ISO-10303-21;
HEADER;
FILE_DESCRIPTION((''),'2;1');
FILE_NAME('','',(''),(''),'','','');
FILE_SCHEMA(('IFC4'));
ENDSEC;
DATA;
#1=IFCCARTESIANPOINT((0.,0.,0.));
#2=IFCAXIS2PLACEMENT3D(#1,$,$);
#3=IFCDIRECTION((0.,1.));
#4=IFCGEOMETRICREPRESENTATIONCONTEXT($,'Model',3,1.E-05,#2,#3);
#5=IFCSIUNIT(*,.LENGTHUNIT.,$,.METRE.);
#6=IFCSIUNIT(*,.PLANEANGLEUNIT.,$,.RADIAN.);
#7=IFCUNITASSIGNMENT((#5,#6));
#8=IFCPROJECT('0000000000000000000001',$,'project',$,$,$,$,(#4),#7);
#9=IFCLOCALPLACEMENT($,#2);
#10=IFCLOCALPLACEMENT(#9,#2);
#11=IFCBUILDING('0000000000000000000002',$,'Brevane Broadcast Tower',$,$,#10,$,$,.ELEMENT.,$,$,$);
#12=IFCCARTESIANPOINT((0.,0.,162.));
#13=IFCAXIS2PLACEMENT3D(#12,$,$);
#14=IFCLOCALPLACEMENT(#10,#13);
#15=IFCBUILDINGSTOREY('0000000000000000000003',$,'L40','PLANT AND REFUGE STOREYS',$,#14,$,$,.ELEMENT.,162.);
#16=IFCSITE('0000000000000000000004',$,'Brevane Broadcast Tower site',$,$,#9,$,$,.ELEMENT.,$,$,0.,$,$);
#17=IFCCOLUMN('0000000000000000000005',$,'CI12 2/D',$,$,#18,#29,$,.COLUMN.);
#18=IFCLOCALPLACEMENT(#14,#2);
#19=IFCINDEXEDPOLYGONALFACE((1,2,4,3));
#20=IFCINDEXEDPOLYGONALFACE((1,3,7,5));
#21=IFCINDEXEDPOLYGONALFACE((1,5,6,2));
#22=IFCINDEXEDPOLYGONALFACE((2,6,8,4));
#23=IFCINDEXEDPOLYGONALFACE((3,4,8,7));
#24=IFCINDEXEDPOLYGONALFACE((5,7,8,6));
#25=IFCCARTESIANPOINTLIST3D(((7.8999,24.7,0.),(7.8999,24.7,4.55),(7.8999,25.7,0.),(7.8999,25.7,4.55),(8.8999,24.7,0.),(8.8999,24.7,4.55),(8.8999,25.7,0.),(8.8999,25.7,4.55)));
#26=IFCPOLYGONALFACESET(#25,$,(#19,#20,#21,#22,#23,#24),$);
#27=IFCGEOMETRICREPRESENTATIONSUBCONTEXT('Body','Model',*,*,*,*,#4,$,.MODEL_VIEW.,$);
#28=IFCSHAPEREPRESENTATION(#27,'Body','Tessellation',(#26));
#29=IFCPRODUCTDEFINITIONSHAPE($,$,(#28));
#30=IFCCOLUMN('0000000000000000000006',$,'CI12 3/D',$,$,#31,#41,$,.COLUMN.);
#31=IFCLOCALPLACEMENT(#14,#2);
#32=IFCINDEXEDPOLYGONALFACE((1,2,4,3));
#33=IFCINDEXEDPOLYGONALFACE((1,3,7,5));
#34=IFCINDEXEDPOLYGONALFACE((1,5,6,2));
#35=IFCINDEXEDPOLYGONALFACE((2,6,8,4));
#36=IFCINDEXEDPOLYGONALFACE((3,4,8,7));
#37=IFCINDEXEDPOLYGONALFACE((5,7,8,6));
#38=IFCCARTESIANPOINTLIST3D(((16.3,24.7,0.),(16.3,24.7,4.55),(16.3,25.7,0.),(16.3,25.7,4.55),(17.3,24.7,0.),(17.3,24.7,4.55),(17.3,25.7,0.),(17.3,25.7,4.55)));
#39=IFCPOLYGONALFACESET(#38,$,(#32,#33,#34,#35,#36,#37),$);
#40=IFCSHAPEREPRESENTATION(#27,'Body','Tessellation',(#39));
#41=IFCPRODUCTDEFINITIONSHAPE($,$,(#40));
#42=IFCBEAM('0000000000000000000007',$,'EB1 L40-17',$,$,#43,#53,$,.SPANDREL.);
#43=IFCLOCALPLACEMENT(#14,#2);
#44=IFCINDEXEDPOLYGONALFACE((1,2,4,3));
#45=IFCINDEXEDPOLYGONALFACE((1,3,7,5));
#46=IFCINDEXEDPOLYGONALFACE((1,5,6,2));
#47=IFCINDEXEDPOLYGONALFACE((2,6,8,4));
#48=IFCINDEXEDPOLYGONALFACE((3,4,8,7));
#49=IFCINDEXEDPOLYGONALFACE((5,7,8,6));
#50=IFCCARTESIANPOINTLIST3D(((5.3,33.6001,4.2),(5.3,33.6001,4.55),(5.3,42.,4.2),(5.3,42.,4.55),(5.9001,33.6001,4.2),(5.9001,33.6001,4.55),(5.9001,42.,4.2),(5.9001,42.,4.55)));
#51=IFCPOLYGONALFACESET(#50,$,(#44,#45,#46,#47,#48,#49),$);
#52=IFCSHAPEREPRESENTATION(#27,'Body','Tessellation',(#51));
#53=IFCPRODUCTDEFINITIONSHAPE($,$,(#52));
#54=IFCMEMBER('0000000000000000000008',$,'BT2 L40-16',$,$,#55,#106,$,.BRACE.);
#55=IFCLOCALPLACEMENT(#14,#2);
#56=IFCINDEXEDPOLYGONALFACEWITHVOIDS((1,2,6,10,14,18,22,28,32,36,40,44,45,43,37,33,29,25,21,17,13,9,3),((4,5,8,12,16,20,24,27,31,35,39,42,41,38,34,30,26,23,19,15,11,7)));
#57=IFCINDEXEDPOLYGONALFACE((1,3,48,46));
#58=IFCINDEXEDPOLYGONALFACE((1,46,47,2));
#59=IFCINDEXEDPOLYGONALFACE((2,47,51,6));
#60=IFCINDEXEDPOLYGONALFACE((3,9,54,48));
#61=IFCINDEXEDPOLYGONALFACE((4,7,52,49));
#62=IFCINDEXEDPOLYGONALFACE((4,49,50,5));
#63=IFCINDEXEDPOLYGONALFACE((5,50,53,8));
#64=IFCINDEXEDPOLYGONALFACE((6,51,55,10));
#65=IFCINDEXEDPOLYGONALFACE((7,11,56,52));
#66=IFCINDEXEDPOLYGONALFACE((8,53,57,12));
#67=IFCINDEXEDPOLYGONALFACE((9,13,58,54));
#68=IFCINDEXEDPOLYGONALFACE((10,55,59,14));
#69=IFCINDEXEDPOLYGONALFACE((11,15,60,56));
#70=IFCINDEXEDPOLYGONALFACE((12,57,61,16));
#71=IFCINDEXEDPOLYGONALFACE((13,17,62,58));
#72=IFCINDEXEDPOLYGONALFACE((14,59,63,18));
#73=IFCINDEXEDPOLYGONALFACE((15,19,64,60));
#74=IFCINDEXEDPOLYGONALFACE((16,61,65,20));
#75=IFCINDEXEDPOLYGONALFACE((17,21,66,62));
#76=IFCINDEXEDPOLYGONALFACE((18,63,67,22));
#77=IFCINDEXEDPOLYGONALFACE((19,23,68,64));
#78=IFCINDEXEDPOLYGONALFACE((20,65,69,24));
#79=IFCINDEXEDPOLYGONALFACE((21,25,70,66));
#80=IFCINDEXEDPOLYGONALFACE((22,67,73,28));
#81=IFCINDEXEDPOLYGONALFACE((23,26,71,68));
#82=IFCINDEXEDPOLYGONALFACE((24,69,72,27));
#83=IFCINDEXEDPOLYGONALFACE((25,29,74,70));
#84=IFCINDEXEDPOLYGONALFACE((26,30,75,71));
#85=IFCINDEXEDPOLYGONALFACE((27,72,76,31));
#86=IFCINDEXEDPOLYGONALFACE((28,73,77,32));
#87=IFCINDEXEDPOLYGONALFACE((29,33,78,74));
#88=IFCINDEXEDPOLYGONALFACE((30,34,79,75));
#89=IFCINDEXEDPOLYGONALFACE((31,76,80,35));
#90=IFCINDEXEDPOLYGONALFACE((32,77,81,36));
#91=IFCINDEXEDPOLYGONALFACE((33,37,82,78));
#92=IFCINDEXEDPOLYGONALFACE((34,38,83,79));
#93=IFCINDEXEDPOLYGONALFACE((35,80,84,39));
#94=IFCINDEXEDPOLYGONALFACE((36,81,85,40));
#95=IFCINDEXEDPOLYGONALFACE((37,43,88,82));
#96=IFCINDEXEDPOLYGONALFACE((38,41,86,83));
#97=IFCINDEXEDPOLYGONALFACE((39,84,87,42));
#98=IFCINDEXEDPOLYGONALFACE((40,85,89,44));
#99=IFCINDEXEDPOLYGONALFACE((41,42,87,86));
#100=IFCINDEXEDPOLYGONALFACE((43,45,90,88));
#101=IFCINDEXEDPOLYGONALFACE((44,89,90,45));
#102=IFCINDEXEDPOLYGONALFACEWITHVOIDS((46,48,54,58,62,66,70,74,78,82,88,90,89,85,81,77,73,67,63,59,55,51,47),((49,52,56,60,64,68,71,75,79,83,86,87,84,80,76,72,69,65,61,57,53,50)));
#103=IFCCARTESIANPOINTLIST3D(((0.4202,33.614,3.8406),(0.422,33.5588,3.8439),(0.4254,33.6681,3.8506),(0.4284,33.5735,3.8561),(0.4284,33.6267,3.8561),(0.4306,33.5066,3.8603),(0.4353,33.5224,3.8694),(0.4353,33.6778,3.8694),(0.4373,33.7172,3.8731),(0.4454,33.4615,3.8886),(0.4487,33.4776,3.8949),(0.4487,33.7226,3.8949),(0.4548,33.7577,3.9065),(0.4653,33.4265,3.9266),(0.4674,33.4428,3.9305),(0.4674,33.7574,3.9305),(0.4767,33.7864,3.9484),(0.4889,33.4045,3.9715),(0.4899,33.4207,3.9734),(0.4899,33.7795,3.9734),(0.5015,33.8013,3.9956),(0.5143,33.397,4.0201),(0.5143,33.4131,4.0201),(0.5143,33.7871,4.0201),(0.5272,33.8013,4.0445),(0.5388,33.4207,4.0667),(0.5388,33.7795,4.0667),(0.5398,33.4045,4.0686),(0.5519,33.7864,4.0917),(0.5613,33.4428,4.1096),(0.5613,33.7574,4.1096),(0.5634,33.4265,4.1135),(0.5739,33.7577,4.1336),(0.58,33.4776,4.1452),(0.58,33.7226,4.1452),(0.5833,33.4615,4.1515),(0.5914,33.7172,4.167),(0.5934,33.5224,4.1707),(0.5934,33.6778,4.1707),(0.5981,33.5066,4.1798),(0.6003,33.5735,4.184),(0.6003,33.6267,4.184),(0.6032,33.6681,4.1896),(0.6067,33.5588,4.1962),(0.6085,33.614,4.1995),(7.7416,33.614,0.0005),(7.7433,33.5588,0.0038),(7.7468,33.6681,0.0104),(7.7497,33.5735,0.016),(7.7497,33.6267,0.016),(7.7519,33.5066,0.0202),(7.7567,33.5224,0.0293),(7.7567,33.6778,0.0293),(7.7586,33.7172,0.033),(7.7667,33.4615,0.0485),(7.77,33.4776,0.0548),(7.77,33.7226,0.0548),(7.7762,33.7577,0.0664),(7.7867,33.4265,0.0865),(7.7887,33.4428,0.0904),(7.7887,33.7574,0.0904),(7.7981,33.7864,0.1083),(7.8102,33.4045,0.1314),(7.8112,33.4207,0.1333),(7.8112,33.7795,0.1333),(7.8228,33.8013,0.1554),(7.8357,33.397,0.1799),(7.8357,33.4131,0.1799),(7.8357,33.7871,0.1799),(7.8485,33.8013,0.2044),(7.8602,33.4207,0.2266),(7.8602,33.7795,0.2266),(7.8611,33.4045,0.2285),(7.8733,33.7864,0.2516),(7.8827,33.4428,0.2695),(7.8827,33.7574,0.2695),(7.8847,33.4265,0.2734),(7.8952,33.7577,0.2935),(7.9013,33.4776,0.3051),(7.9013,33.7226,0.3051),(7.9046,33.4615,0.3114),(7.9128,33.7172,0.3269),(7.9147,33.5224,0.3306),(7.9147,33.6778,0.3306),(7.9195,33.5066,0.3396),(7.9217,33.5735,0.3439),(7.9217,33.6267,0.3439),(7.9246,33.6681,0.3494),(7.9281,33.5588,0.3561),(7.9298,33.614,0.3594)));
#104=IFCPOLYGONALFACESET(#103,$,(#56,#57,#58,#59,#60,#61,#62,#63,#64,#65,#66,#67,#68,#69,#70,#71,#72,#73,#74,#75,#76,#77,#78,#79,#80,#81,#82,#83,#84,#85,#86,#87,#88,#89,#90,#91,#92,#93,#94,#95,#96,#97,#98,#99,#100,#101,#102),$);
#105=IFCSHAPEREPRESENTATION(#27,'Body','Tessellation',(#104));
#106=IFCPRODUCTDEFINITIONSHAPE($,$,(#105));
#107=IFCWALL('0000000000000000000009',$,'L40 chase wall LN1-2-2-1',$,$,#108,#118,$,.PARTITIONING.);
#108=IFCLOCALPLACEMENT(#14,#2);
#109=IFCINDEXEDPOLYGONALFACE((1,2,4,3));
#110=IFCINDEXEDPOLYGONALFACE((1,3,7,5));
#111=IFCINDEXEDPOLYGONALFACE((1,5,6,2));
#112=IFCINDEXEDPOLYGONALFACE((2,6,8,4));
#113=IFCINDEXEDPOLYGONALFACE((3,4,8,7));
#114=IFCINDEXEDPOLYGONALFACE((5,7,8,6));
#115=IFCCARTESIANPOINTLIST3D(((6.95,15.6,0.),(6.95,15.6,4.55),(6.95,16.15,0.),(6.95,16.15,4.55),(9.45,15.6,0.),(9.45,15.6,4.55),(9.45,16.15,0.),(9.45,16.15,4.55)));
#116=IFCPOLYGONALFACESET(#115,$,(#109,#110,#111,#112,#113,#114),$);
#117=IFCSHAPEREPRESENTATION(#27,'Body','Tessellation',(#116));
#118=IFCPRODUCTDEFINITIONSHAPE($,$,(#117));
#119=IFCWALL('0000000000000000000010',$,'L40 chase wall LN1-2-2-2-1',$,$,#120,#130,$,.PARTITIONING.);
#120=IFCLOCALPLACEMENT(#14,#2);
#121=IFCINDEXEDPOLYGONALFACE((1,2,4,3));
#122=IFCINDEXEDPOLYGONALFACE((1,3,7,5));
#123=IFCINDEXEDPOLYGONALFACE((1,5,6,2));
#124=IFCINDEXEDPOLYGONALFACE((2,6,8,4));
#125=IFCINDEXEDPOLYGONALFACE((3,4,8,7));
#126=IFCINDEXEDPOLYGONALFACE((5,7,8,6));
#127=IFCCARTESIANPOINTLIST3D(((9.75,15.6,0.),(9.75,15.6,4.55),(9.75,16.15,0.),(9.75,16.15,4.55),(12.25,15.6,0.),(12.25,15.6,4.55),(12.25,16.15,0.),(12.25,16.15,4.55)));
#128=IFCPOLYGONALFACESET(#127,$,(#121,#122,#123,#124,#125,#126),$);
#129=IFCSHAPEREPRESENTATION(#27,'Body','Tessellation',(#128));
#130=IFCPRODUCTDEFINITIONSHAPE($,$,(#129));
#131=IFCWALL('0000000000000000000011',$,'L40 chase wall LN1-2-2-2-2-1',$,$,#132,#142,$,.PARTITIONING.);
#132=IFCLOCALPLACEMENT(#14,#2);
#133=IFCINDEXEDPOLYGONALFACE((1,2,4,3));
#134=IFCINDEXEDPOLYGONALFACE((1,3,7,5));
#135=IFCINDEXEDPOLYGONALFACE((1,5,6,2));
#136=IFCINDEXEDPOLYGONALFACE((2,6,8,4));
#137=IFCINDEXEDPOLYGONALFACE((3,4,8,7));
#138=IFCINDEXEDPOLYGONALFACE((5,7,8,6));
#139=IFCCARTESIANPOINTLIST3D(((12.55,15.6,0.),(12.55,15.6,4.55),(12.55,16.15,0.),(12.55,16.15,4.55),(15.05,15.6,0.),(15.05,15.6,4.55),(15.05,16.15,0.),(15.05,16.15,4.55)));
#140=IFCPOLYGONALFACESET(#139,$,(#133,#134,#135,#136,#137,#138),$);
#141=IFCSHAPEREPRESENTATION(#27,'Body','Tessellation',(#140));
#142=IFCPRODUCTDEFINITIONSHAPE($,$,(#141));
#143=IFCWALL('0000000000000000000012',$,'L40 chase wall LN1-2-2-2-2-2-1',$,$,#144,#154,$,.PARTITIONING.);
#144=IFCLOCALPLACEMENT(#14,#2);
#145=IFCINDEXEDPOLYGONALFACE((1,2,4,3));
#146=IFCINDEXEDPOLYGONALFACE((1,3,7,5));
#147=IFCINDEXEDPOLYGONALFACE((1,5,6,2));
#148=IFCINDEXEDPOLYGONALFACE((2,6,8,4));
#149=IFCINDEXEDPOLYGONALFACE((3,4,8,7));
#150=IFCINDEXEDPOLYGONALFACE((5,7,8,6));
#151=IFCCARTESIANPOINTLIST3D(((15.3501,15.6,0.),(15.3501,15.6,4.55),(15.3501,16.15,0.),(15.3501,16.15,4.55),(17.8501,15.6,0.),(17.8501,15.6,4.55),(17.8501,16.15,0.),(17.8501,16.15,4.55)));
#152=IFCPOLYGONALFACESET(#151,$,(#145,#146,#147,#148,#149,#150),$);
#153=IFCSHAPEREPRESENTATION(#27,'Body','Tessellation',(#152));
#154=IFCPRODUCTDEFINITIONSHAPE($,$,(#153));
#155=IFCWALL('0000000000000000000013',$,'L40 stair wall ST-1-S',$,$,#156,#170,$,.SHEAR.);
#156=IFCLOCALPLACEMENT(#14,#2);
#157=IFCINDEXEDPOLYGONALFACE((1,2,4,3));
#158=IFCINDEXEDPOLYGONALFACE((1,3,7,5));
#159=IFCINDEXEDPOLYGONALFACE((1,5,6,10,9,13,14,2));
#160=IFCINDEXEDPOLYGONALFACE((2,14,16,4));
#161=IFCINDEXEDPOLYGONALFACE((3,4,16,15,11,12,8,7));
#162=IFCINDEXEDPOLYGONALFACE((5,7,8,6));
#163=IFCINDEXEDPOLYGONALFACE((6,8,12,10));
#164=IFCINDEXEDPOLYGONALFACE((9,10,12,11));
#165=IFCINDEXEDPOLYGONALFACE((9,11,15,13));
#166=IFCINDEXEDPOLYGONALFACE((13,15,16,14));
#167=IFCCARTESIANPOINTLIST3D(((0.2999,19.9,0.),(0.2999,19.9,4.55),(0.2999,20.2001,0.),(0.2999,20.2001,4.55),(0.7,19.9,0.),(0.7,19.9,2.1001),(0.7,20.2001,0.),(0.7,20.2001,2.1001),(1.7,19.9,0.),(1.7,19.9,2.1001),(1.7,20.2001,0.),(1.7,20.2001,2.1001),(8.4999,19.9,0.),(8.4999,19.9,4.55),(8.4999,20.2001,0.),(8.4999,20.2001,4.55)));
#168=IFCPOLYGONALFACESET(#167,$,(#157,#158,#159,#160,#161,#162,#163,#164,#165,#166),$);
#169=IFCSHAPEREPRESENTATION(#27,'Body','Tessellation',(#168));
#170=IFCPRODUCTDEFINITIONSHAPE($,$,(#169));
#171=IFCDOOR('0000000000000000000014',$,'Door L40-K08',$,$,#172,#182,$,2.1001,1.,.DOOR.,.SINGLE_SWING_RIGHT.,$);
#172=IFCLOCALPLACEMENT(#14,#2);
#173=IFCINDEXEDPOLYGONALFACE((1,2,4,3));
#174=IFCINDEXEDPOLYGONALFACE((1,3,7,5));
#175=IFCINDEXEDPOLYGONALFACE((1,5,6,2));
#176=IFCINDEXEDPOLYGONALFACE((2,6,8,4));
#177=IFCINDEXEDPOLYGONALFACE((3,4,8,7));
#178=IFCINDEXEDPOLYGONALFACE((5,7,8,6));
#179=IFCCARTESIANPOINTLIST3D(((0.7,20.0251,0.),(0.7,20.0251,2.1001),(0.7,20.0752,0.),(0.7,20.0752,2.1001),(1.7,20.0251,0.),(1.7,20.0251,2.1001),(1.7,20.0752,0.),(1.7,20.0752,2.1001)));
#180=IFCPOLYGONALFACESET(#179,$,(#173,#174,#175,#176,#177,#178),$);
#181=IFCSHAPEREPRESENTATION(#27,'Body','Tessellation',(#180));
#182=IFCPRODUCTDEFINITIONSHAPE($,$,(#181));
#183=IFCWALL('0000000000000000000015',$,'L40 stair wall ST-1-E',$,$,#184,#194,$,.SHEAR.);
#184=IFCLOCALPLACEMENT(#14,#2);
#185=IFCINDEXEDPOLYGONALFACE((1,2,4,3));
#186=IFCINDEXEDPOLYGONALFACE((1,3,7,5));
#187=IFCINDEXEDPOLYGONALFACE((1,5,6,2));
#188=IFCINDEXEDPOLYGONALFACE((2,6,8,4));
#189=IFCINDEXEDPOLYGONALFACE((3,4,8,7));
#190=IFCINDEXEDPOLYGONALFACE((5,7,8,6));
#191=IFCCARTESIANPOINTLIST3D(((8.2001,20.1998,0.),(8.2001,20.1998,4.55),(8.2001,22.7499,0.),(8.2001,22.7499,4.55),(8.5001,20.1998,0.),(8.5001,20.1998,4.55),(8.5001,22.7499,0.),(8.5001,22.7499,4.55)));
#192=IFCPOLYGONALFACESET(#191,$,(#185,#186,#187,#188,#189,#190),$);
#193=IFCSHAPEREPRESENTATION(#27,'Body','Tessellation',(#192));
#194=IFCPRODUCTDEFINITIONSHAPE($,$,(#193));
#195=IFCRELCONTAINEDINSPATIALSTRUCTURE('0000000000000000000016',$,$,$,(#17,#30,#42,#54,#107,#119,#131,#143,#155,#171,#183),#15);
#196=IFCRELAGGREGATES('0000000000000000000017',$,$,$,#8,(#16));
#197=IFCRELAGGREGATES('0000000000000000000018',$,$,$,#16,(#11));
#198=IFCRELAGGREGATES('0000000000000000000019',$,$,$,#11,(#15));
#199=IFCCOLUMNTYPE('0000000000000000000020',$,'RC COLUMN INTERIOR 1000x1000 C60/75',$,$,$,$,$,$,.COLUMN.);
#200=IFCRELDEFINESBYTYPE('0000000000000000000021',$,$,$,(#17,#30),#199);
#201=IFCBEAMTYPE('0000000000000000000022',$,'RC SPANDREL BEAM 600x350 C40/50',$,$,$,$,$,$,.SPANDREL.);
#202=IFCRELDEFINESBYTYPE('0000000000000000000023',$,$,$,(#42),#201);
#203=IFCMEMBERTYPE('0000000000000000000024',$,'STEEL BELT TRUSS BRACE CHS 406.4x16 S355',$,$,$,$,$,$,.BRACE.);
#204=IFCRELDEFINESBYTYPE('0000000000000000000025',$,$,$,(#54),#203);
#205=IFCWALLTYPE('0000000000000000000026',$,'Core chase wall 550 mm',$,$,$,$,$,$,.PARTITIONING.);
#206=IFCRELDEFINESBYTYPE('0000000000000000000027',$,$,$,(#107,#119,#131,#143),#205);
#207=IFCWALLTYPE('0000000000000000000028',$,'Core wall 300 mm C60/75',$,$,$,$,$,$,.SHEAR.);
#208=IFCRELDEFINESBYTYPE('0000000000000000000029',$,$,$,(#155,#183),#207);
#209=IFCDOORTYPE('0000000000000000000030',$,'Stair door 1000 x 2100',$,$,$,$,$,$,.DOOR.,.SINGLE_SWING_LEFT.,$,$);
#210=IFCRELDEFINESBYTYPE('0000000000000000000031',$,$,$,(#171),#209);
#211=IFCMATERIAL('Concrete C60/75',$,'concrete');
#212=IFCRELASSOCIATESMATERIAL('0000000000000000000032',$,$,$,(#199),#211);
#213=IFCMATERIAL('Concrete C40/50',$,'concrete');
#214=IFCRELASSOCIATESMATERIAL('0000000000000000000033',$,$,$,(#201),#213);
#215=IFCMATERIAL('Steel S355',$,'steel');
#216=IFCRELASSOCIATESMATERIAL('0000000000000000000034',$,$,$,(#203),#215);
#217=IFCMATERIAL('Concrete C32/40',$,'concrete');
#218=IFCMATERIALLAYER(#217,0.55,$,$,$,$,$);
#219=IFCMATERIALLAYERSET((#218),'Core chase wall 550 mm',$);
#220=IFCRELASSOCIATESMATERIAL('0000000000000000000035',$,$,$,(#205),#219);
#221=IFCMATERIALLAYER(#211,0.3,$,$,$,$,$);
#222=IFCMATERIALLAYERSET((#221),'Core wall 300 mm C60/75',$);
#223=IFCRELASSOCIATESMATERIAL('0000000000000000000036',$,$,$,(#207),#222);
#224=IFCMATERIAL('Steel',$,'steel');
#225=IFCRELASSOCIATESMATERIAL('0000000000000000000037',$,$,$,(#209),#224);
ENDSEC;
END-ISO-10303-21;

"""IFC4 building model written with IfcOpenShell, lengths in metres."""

from ifc_helpers import new_model, si_unit, direction, frame, frame_2d, origin, origin_2d, place, context, subcontext, project, spatial, rectangle, hollow_circle, extrude, material, layer, layer_set, material_profile, profile_set, type_object, element, fill, save


model = new_model("IFC4")

# Units and contexts
model_context = context("Model", 3, precision=1e-05, world=origin(), true_north=direction((0.0, 1.0)))
body_context = subcontext(model_context, "Body", "Model", "MODEL_VIEW")
ifc_project = project(units=[si_unit("LENGTHUNIT", "METRE"), si_unit("PLANEANGLEUNIT", "RADIAN")], contexts=[model_context])

# Site, building, storey
site_placement = place(None, origin())
site = spatial("IfcSite", under=ifc_project, at=site_placement, Name="Brevane Broadcast Tower site", CompositionType="ELEMENT", RefElevation=0.0)
building_placement = place(site_placement, origin())
building = spatial("IfcBuilding", under=site, at=building_placement, Name="Brevane Broadcast Tower", CompositionType="ELEMENT")
storey_placement = place(building_placement, frame((0.0, 0.0, 162.0)))
storey = spatial("IfcBuildingStorey", under=building, at=storey_placement, Name="L40", Description="PLANT AND REFUGE STOREYS", CompositionType="ELEMENT", Elevation=162.0)

# Columns
ifc_material_1 = material(Name="Concrete C60/75", Category="concrete")
ifc_material_profile_1 = material_profile(ifc_material_1, rectangle(XDim=1.0, YDim=1.0, at=origin_2d()), Name="RC 1000x1000")
ifc_profile_set_1 = profile_set([ifc_material_profile_1], Name="Concrete C60/75")
column_type = type_object("IfcColumnType", Name="RC COLUMN INTERIOR 1000x1000 C60/75", PredefinedType="COLUMN", material=ifc_profile_set_1)
for number, where, z_axis, x_axis, name in (
    (1, (8.3999, 25.2, 0.0), (0.0, 0.0, 1.0), (1.0, 0.0, 0.0), "CI12 2/D"),
    (2, (16.8, 25.2, 0.0), (0.0, 0.0, 1.0), (1.0, 0.0, 0.0), "CI12 3/D"),
):
    element("IfcColumn", number, at=place(storey_placement, frame(where, z_axis=z_axis, x_axis=x_axis)), inside=storey, type_object=column_type, Name=name, PredefinedType="COLUMN", context=body_context, shape_type="SweptSolid", body=[
        extrude(rectangle(XDim=1.0, YDim=1.0, at=origin_2d()), origin(), (0.0, 0.0, 1.0), 4.55),
    ])

# Beam
ifc_material_2 = material(Name="Concrete C40/50", Category="concrete")
ifc_material_profile_2 = material_profile(ifc_material_2, rectangle(XDim=0.6001, YDim=0.3501, at=origin_2d()), Name="RC 600x350")
ifc_profile_set_2 = profile_set([ifc_material_profile_2], Name="Concrete C40/50")
beam_type = type_object("IfcBeamType", Name="RC SPANDREL BEAM 600x350 C40/50", PredefinedType="SPANDREL", material=ifc_profile_set_2)
beam_placement = place(storey_placement, frame((5.6001, 33.6001, 4.375), z_axis=(0.0, 1.0, 0.0), x_axis=(-1.0, 0.0, 0.0)))
element("IfcBeam", 3, at=beam_placement, inside=storey, type_object=beam_type, Name="EB1 L40-17", PredefinedType="SPANDREL", context=body_context, shape_type="SweptSolid", body=[
    extrude(rectangle(XDim=0.6001, YDim=0.3501, at=origin_2d()), origin(), (0.0, 0.0, 1.0), 8.3999),
])

# Member
ifc_material_3 = material(Name="Steel S355", Category="steel")
ifc_material_profile_3 = material_profile(ifc_material_3, hollow_circle(Radius=0.2031, WallThickness=0.0161, at=origin_2d()), Name="CHS 406.4x16")
ifc_profile_set_3 = profile_set([ifc_material_profile_3], Name="Steel S355")
member_type = type_object("IfcMemberType", Name="STEEL BELT TRUSS BRACE CHS 406.4x16 S355", PredefinedType="BRACE", material=ifc_profile_set_3)
member_placement = place(storey_placement, frame((7.8357, 33.6001, 0.1799), z_axis=(-0.885576, 0.0, 0.464494), x_axis=(0.0, -1.0, 0.0)))
element("IfcMember", 4, at=member_placement, inside=storey, type_object=member_type, Name="BT2 L40-16", PredefinedType="BRACE", context=body_context, shape_type="SweptSolid", body=[
    extrude(hollow_circle(Radius=0.2031, WallThickness=0.0161, at=origin_2d()), origin(), (0.0, 0.0, 1.0), 8.2673),
])

# Walls
ifc_material_4 = material(Name="Concrete C32/40", Category="concrete")
ifc_layer_1 = layer(ifc_material_4, 0.55)
ifc_layer_set_1 = layer_set([ifc_layer_1], Name="Core chase wall 550 mm")
wall_type_1 = type_object("IfcWallType", Name="Core chase wall 550 mm", PredefinedType="PARTITIONING", material=ifc_layer_set_1)
for number, where, z_axis, x_axis, name in (
    (5, (6.95, 15.875, 0.0), (0.0, 0.0, 1.0), (1.0, 0.0, 0.0), "L40 chase wall LN1-2-2-1"),
    (6, (9.75, 15.875, 0.0), (0.0, 0.0, 1.0), (1.0, 0.0, 0.0), "L40 chase wall LN1-2-2-2-1"),
    (7, (12.55, 15.875, 0.0), (0.0, 0.0, 1.0), (1.0, 0.0, 0.0), "L40 chase wall LN1-2-2-2-2-1"),
    (8, (15.3501, 15.875, 0.0), (0.0, 0.0, 1.0), (1.0, 0.0, 0.0), "L40 chase wall LN1-2-2-2-2-2-1"),
):
    element("IfcWall", number, at=place(storey_placement, frame(where, z_axis=z_axis, x_axis=x_axis)), inside=storey, type_object=wall_type_1, Name=name, PredefinedType="PARTITIONING", context=body_context, shape_type="SweptSolid", body=[
        extrude(rectangle(XDim=2.5, YDim=0.55, at=frame_2d((1.25, 0.0))), origin(), (0.0, 0.0, 1.0), 4.55),
    ])

# Wall, opening, door
ifc_layer_2 = layer(ifc_material_1, 0.3)
ifc_layer_set_2 = layer_set([ifc_layer_2], Name="Core wall 300 mm C60/75")
wall_type_2 = type_object("IfcWallType", Name="Core wall 300 mm C60/75", PredefinedType="SHEAR", material=ifc_layer_set_2)
wall_1_placement = place(storey_placement, frame((8.5, 20.05, 0.0), z_axis=(0.0, 0.0, 1.0), x_axis=(-1.0, 0.0, 0.0)))
wall_1 = element("IfcWall", 9, at=wall_1_placement, inside=storey, type_object=wall_type_2, Name="L40 stair wall ST-1-S", PredefinedType="SHEAR", context=body_context, shape_type="SweptSolid", body=[
    extrude(rectangle(XDim=8.2, YDim=0.3, at=frame_2d((4.1001, 0.0))), origin(), (0.0, 0.0, 1.0), 4.55),
])
opening_1_placement = place(wall_1_placement, frame((6.8, 0.0, 0.0)))
opening_1 = element("IfcOpeningElement", 10, at=opening_1_placement, cuts=wall_1, PredefinedType="OPENING", context=body_context, shape_type="SweptSolid", body=[
    extrude(rectangle(XDim=1.0, YDim=2.1001, at=frame_2d((0.5, 1.05))), frame((0.0, 0.1599, 0.0), z_axis=(0.0, -1.0, 0.0), x_axis=(1.0, 0.0, 0.0)), (0.0, 0.0, 1.0), 0.3201),
])
ifc_material_5 = material(Name="Steel", Category="steel")
door_type_1 = type_object("IfcDoorType", Name="Stair door 1000 x 2100", OperationType="SINGLE_SWING_LEFT", PredefinedType="DOOR", material=ifc_material_5)
door_1_placement = place(opening_1_placement, origin())
door_1 = element("IfcDoor", 11, at=door_1_placement, inside=storey, type_object=door_type_1, Name="Door L40-K08", OperationType="SINGLE_SWING_RIGHT", OverallHeight=2.1001, OverallWidth=1.0, PredefinedType="DOOR", context=body_context, shape_type="SweptSolid", body=[
    extrude(rectangle(XDim=1.0, YDim=2.1001, at=frame_2d((0.5, 1.05))), frame((0.0, 0.0249, 0.0), z_axis=(0.0, -1.0, 0.0), x_axis=(1.0, 0.0, 0.0)), (0.0, 0.0, 1.0), 0.05),
])
fill(opening_1, door_1)

# Wall
wall_2_placement = place(storey_placement, frame((8.3501, 20.2, 0.0), z_axis=(0.0, 0.0, 1.0), x_axis=(0.0, 1.0, 0.0)))
element("IfcWall", 12, at=wall_2_placement, inside=storey, type_object=wall_type_2, Name="L40 stair wall ST-1-E", PredefinedType="SHEAR", context=body_context, shape_type="SweptSolid", body=[
    extrude(rectangle(XDim=2.55, YDim=0.3, at=frame_2d((1.2749, 0.0))), origin(), (0.0, 0.0, 1.0), 4.55),
])

save(model, "model.ifc")
